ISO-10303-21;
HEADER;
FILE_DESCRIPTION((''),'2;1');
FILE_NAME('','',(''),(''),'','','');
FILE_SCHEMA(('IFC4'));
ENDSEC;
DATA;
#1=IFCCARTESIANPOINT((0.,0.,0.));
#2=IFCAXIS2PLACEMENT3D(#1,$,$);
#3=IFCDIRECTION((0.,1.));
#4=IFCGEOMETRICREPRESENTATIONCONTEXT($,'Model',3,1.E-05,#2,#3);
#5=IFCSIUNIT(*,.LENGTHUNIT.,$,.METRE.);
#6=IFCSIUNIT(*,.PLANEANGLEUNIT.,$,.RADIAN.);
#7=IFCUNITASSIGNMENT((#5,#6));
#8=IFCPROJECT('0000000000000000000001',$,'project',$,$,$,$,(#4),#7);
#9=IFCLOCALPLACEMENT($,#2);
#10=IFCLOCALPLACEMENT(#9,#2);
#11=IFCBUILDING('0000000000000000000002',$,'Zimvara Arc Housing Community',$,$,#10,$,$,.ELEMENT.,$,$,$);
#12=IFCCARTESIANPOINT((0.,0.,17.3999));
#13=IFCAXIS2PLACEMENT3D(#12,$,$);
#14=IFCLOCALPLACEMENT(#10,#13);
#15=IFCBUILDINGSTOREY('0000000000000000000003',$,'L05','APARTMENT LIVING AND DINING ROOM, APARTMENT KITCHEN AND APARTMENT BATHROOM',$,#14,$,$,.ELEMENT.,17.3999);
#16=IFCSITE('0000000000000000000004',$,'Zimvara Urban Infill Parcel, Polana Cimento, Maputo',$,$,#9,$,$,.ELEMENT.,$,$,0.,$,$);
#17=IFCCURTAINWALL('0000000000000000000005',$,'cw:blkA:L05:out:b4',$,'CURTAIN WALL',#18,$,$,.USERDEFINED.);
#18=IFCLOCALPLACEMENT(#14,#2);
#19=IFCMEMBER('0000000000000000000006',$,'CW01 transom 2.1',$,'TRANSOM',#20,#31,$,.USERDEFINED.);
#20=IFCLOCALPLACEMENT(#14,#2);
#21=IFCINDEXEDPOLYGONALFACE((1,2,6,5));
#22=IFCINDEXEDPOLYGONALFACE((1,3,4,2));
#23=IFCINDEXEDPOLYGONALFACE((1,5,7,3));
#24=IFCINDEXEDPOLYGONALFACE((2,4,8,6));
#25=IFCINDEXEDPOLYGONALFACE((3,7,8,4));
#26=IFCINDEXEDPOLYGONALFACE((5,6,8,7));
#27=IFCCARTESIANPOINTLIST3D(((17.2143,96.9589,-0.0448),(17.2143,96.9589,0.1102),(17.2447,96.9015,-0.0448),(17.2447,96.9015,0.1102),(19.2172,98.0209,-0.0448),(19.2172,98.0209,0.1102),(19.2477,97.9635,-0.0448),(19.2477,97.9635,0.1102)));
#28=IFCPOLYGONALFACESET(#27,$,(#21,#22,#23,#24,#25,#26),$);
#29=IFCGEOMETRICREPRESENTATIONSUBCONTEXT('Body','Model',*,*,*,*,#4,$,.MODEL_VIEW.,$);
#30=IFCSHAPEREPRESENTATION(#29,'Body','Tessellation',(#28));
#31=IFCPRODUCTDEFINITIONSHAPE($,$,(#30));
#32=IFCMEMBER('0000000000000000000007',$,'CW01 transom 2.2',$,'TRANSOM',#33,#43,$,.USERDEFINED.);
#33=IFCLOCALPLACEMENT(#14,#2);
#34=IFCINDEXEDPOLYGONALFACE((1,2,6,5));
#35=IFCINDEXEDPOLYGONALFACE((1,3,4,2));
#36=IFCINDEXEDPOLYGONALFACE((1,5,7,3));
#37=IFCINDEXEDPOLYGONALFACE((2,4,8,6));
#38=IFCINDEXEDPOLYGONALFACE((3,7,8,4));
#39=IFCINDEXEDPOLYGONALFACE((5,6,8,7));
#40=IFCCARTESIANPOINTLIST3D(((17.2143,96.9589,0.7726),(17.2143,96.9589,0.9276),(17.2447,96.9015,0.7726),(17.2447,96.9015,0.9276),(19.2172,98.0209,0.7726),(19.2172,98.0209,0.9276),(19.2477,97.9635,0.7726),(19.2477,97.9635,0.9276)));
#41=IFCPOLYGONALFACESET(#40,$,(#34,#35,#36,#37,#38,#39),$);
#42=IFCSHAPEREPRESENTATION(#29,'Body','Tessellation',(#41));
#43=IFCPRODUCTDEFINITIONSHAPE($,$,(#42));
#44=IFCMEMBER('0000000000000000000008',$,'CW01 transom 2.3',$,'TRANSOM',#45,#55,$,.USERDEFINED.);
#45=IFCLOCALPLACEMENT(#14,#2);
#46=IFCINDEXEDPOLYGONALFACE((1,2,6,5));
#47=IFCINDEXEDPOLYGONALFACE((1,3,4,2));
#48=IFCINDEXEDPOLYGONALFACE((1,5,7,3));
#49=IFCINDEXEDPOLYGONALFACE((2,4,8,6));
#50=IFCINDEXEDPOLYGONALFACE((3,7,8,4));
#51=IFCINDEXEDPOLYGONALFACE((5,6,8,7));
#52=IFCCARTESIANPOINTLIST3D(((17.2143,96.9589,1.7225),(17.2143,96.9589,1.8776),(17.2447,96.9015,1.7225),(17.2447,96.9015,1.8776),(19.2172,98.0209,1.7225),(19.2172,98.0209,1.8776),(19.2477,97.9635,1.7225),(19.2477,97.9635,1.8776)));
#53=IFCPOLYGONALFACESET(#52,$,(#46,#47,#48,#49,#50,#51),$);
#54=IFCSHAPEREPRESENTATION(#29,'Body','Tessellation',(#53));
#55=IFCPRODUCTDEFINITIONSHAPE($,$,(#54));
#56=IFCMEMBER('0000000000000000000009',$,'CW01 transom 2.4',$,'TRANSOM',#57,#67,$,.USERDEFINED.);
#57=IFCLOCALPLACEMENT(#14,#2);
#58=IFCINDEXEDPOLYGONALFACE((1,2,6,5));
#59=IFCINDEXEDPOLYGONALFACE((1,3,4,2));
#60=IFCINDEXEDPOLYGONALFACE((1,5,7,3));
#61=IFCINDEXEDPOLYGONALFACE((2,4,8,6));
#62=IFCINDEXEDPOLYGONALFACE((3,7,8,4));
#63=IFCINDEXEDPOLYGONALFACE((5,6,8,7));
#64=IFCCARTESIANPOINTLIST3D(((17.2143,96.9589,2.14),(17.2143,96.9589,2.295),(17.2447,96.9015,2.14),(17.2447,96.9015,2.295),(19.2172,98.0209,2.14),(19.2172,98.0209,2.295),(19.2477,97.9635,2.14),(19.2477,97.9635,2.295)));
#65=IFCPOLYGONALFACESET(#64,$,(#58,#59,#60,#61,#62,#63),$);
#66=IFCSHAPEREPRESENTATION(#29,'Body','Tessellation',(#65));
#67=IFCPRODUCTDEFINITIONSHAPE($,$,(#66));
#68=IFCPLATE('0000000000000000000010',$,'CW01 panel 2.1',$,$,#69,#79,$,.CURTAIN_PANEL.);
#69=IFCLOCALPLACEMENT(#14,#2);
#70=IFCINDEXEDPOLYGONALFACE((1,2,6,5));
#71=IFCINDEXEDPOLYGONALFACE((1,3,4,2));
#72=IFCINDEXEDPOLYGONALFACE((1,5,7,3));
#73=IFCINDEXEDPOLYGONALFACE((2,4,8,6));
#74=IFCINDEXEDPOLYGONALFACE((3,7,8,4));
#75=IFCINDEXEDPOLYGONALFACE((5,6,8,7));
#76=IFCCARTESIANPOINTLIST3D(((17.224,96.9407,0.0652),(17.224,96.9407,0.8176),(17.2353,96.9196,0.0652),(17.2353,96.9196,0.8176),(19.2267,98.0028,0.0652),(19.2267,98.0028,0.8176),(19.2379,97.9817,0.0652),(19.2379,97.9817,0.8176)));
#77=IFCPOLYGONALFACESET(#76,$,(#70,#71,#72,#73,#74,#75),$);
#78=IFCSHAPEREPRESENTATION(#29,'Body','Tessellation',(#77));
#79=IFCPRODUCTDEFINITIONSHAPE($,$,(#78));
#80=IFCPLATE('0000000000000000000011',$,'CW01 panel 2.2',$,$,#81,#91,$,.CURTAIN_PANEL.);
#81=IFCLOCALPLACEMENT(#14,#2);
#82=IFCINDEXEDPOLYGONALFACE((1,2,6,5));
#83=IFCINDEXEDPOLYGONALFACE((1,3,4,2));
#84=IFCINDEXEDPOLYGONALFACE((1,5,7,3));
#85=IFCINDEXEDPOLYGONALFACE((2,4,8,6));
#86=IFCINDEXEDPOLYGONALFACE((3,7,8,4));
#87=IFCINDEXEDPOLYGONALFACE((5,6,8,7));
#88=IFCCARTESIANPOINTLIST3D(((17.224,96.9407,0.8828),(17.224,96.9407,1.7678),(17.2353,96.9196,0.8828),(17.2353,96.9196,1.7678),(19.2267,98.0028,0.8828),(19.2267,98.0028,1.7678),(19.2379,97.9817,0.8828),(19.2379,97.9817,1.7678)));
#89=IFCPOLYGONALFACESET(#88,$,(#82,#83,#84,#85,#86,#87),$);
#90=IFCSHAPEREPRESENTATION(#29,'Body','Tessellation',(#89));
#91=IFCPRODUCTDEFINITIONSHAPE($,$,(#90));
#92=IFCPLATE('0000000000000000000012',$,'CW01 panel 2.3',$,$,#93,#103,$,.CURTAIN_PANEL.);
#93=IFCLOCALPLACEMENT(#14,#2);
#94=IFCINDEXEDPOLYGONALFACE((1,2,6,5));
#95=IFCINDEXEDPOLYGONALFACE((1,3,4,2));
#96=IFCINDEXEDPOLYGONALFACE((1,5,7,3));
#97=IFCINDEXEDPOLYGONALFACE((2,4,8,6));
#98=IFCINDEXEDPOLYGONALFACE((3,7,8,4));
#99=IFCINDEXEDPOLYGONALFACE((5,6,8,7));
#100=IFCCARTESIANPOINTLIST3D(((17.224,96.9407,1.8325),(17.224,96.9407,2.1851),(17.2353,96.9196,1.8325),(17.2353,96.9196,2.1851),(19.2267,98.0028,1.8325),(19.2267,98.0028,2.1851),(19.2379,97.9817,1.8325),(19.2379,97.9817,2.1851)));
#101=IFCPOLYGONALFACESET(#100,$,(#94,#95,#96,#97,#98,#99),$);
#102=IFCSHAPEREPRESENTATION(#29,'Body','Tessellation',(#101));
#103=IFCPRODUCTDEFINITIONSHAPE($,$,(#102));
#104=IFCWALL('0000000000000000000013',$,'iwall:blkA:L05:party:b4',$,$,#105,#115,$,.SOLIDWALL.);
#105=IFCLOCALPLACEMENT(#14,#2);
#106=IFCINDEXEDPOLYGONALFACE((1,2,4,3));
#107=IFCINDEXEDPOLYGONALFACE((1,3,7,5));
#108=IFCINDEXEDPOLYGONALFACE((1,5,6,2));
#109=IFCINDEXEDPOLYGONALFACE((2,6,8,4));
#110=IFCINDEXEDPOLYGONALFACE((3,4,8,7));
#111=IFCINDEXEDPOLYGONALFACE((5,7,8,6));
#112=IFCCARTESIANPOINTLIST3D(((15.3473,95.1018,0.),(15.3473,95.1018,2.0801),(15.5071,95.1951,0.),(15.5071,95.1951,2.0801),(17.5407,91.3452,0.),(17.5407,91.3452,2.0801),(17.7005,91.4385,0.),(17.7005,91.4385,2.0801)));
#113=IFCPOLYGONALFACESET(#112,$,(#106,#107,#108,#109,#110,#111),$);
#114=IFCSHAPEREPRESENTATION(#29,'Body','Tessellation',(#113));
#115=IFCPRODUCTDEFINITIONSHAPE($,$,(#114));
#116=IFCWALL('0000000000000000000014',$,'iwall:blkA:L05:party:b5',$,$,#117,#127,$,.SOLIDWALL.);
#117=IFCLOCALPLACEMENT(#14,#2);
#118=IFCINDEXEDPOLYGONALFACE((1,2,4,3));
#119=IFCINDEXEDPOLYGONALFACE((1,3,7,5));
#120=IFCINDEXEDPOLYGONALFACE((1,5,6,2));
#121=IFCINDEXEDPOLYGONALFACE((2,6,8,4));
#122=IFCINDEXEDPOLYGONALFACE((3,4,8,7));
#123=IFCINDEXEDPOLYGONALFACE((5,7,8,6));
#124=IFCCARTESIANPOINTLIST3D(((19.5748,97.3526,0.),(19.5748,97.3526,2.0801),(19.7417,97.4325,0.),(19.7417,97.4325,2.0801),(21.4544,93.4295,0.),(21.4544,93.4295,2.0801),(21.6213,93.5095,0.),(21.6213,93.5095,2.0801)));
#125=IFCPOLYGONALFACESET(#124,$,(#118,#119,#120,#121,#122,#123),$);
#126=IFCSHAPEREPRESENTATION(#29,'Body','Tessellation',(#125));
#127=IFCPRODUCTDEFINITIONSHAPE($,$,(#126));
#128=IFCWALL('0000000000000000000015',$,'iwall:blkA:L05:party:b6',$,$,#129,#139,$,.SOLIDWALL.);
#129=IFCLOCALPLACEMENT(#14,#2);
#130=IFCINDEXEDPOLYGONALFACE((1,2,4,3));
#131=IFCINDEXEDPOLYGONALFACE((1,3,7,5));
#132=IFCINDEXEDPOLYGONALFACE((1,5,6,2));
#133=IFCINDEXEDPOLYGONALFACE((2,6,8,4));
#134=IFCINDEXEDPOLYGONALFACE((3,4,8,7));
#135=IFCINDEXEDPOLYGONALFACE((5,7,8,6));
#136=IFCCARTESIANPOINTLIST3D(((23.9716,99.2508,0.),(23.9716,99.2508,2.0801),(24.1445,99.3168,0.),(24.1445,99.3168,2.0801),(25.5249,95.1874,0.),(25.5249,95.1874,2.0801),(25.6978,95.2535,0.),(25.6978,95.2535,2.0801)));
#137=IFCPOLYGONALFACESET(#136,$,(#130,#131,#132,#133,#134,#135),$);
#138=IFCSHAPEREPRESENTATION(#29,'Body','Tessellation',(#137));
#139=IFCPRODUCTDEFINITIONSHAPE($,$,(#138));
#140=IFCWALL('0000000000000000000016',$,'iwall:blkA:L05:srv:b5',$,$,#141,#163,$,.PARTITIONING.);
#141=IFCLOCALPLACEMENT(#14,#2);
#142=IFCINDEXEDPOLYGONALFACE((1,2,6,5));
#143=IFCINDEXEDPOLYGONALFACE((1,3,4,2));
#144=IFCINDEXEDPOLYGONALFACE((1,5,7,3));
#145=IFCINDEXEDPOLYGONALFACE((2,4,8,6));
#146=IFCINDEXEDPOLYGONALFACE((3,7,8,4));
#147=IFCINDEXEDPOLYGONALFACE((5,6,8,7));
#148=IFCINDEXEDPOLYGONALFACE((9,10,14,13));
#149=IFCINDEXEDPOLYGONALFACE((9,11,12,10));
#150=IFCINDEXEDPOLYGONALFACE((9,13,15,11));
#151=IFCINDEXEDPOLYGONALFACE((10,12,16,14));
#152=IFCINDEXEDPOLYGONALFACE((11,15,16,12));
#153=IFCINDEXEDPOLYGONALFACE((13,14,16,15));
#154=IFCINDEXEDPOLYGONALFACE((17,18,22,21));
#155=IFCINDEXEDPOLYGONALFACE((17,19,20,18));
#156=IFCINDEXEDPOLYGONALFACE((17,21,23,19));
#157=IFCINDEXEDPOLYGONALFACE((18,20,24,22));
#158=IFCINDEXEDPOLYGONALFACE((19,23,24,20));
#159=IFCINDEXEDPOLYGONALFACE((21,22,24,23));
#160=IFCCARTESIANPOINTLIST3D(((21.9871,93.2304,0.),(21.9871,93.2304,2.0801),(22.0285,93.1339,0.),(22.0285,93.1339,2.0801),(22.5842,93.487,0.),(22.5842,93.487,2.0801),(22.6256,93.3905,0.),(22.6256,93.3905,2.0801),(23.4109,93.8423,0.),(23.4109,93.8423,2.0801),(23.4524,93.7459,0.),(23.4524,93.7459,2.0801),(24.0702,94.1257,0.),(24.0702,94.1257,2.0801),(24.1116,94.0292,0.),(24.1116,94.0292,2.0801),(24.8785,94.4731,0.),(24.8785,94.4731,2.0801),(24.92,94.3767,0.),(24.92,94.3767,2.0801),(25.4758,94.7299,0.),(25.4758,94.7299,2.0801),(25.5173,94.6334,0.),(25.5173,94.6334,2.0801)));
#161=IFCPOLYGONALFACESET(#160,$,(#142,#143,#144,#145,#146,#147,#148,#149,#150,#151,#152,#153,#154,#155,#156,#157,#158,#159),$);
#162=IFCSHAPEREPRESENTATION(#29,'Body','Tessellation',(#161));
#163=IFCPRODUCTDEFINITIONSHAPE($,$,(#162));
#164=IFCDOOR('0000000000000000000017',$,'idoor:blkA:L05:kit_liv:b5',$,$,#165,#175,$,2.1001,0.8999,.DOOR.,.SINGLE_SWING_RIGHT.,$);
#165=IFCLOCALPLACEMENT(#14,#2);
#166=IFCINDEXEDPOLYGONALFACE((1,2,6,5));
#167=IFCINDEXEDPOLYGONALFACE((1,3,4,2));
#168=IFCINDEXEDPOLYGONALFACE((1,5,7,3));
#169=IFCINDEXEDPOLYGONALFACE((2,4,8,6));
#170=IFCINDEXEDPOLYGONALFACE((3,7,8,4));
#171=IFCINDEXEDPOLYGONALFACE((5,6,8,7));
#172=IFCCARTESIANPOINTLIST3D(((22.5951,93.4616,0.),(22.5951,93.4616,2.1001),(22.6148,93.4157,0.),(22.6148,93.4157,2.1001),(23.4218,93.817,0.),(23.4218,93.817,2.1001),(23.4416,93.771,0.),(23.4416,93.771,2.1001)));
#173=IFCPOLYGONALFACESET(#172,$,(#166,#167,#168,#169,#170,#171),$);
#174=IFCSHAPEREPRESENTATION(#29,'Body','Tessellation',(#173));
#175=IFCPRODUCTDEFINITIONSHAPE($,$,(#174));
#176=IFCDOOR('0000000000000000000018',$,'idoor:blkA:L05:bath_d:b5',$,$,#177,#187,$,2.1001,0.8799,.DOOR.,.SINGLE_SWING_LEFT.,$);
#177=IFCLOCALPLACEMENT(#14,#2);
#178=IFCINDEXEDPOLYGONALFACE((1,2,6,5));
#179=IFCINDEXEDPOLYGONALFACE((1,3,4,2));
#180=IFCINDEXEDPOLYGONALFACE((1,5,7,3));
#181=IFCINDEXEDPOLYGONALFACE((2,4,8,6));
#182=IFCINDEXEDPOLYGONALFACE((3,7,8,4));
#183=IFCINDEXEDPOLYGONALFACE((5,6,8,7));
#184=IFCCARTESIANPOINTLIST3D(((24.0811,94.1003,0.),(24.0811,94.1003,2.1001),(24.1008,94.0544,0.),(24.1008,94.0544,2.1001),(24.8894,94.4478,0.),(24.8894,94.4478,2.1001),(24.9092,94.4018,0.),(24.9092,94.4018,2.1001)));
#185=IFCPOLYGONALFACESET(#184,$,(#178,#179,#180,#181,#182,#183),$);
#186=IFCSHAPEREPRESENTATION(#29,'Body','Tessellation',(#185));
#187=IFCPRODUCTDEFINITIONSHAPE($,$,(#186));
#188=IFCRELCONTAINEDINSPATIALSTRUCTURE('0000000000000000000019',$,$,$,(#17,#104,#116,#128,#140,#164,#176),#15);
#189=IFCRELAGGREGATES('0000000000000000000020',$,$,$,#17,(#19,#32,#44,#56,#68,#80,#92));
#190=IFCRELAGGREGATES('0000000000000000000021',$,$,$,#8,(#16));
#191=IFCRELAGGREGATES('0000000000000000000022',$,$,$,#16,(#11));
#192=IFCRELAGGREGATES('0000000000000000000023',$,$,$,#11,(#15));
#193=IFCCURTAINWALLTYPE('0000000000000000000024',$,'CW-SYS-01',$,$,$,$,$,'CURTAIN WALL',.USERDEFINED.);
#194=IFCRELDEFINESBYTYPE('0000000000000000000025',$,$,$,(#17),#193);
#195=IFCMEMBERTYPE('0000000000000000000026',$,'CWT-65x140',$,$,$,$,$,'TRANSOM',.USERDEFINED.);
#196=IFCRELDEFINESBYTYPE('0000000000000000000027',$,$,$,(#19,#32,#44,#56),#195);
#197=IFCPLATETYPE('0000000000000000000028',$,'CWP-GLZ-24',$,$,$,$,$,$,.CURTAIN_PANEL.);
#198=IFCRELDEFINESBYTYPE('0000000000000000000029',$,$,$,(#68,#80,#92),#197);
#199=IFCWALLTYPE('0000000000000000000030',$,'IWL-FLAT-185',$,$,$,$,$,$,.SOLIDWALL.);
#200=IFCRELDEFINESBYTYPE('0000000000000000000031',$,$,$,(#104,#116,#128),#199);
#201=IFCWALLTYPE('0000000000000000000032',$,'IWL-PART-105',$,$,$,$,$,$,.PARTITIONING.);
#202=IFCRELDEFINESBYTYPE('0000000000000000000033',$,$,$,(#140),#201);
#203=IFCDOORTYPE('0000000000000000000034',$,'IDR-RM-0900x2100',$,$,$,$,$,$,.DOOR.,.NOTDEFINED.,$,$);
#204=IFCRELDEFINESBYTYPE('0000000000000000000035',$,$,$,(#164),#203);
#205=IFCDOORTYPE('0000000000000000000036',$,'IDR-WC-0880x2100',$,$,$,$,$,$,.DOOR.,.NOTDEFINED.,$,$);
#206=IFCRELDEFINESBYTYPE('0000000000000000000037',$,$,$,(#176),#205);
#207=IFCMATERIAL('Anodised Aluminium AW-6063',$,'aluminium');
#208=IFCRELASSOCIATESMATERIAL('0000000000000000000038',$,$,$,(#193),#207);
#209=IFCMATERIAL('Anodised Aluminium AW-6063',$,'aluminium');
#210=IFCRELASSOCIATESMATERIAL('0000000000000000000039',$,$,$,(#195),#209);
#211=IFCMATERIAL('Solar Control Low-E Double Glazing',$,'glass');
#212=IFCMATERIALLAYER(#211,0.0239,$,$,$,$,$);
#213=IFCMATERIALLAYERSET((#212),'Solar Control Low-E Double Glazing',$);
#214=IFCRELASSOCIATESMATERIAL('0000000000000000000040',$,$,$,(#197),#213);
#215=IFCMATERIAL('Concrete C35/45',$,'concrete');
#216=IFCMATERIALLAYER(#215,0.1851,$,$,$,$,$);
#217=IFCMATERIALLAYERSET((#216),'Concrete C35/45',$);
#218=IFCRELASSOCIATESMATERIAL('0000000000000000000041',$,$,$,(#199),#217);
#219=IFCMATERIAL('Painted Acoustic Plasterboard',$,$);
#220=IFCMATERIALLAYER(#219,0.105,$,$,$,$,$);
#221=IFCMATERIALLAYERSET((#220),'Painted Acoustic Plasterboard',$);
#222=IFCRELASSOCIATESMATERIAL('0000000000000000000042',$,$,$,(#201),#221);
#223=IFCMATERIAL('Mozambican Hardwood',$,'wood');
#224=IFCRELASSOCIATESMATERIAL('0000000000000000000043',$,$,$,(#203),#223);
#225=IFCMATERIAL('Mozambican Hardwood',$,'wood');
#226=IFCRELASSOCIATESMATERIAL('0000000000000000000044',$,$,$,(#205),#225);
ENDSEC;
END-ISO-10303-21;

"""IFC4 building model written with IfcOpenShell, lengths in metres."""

from ifc_helpers import new_model, si_unit, direction, frame, frame_2d, origin, origin_2d, place, context, subcontext, project, spatial, rectangle, extrude, material, layer, layer_set, material_profile, profile_set, type_object, element, fill, aggregate, save


model = new_model("IFC4")

# Units and contexts
model_context = context("Model", 3, precision=1e-05, world=origin(), true_north=direction((0.0, 1.0)))
body_context = subcontext(model_context, "Body", "Model", "MODEL_VIEW")
ifc_project = project(units=[si_unit("LENGTHUNIT", "METRE"), si_unit("PLANEANGLEUNIT", "RADIAN")], contexts=[model_context])

# Site, building, storey
site_placement = place(None, origin())
site = spatial("IfcSite", under=ifc_project, at=site_placement, Name="Zimvara Urban Infill Parcel, Polana Cimento, Maputo", CompositionType="ELEMENT", RefElevation=0.0)
building_placement = place(site_placement, origin())
building = spatial("IfcBuilding", under=site, at=building_placement, Name="Zimvara Arc Housing Community", CompositionType="ELEMENT")
storey_placement = place(building_placement, frame((0.0, 0.0, 17.3999)))
storey = spatial("IfcBuildingStorey", under=building, at=storey_placement, Name="L05", Description="APARTMENT LIVING AND DINING ROOM, APARTMENT KITCHEN AND APARTMENT BATHROOM", CompositionType="ELEMENT", Elevation=17.3999)

# Curtain wall, members, plates
ifc_material_1 = material(Name="Anodised Aluminium AW-6063", Category="aluminium")
curtain_wall_type = type_object("IfcCurtainWallType", Name="CW-SYS-01", ElementType="CURTAIN WALL", PredefinedType="USERDEFINED", material=ifc_material_1)
curtain_wall_placement = place(storey_placement, origin())
curtain_wall = element("IfcCurtainWall", 1, at=curtain_wall_placement, inside=storey, type_object=curtain_wall_type, Name="cw:blkA:L05:out:b4", ObjectType="CURTAIN WALL", PredefinedType="USERDEFINED")
ifc_material_2 = material(Name="Anodised Aluminium AW-6063", Category="aluminium")
ifc_material_profile_1 = material_profile(ifc_material_2, rectangle(XDim=0.0649, YDim=0.155, at=origin_2d()), Name="ALU 65x155")
ifc_profile_set_1 = profile_set([ifc_material_profile_1], Name="Anodised Aluminium AW-6063")
member_type = type_object("IfcMemberType", Name="CWT-65x140", ElementType="TRANSOM", PredefinedType="USERDEFINED", material=ifc_profile_set_1)
member_1_placement = place(storey_placement, frame((17.2295, 96.9302, 0.0327), z_axis=(0.883489, 0.468452, 0.0), x_axis=(-0.468452, 0.883489, 0.0)))
member_1 = element("IfcMember", 2, at=member_1_placement, type_object=member_type, Name="CW01 transom 2.1", ObjectType="TRANSOM", PredefinedType="USERDEFINED", context=body_context, shape_type="SweptSolid", body=[
    extrude(rectangle(XDim=0.0649, YDim=0.155, at=origin_2d()), origin(), (0.0, 0.0, 1.0), 2.2671),
])
member_2_placement = place(storey_placement, frame((17.2295, 96.9302, 0.8501), z_axis=(0.883489, 0.468452, 0.0), x_axis=(-0.468452, 0.883489, 0.0)))
member_2 = element("IfcMember", 3, at=member_2_placement, type_object=member_type, Name="CW01 transom 2.2", ObjectType="TRANSOM", PredefinedType="USERDEFINED", context=body_context, shape_type="SweptSolid", body=[
    extrude(rectangle(XDim=0.0649, YDim=0.155, at=origin_2d()), origin(), (0.0, 0.0, 1.0), 2.2671),
])
member_3_placement = place(storey_placement, frame((17.2295, 96.9302, 1.8), z_axis=(0.883489, 0.468452, 0.0), x_axis=(-0.468452, 0.883489, 0.0)))
member_3 = element("IfcMember", 4, at=member_3_placement, type_object=member_type, Name="CW01 transom 2.3", ObjectType="TRANSOM", PredefinedType="USERDEFINED", context=body_context, shape_type="SweptSolid", body=[
    extrude(rectangle(XDim=0.0649, YDim=0.155, at=origin_2d()), origin(), (0.0, 0.0, 1.0), 2.2671),
])
member_4_placement = place(storey_placement, frame((17.2295, 96.9302, 2.2175), z_axis=(0.883489, 0.468452, 0.0), x_axis=(-0.468452, 0.883489, 0.0)))
member_4 = element("IfcMember", 5, at=member_4_placement, type_object=member_type, Name="CW01 transom 2.4", ObjectType="TRANSOM", PredefinedType="USERDEFINED", context=body_context, shape_type="SweptSolid", body=[
    extrude(rectangle(XDim=0.0649, YDim=0.155, at=origin_2d()), origin(), (0.0, 0.0, 1.0), 2.2671),
])
ifc_material_3 = material(Name="Solar Control Low-E Double Glazing", Category="glass")
ifc_layer_1 = layer(ifc_material_3, 0.0239)
ifc_layer_set_1 = layer_set([ifc_layer_1], Name="Solar Control Low-E Double Glazing")
plate_type = type_object("IfcPlateType", Name="CWP-GLZ-24", PredefinedType="CURTAIN_PANEL", material=ifc_layer_set_1)
plate_1_placement = place(storey_placement, frame((18.231, 97.4612, 0.0652), z_axis=(0.0, 0.0, 1.0), x_axis=(0.883439, 0.468547, 0.0)))
plate_1 = element("IfcPlate", 6, at=plate_1_placement, type_object=plate_type, Name="CW01 panel 2.1", PredefinedType="CURTAIN_PANEL", context=body_context, shape_type="SweptSolid", body=[
    extrude(rectangle(XDim=2.2668, YDim=0.0239, at=origin_2d()), origin(), (0.0, 0.0, 1.0), 0.7524),
])
plate_2_placement = place(storey_placement, frame((18.231, 97.4612, 0.8828), z_axis=(0.0, 0.0, 1.0), x_axis=(0.883439, 0.468547, 0.0)))
plate_2 = element("IfcPlate", 7, at=plate_2_placement, type_object=plate_type, Name="CW01 panel 2.2", PredefinedType="CURTAIN_PANEL", context=body_context, shape_type="SweptSolid", body=[
    extrude(rectangle(XDim=2.2668, YDim=0.0239, at=origin_2d()), origin(), (0.0, 0.0, 1.0), 0.885),
])
plate_3_placement = place(storey_placement, frame((18.231, 97.4612, 1.8325), z_axis=(0.0, 0.0, 1.0), x_axis=(0.883439, 0.468547, 0.0)))
plate_3 = element("IfcPlate", 8, at=plate_3_placement, type_object=plate_type, Name="CW01 panel 2.3", PredefinedType="CURTAIN_PANEL", context=body_context, shape_type="SweptSolid", body=[
    extrude(rectangle(XDim=2.2668, YDim=0.0239, at=origin_2d()), origin(), (0.0, 0.0, 1.0), 0.3525),
])
aggregate(curtain_wall, [member_1, member_2, member_3, member_4, plate_1, plate_2, plate_3])

# Walls
ifc_material_4 = material(Name="Concrete C35/45", Category="concrete")
ifc_layer_2 = layer(ifc_material_4, 0.1851)
ifc_layer_set_2 = layer_set([ifc_layer_2], Name="Concrete C35/45")
wall_type_1 = type_object("IfcWallType", Name="IWL-FLAT-185", PredefinedType="SOLIDWALL", material=ifc_layer_set_2)
for number, where, z_axis, x_axis, name in (
    (9, (17.6206, 91.3918, 0.0), (0.0, 0.0, 1.0), (-0.504216, 0.863577, 0.0), "iwall:blkA:L05:party:b4"),
    (10, (21.5378, 93.4695, 0.0), (0.0, 0.0, 1.0), (-0.432087, 0.901832, 0.0), "iwall:blkA:L05:party:b5"),
    (11, (25.6113, 95.2205, 0.0), (0.0, 0.0, 1.0), (-0.357064, 0.93408, 0.0), "iwall:blkA:L05:party:b6"),
):
    element("IfcWall", number, at=place(storey_placement, frame(where, z_axis=z_axis, x_axis=x_axis)), inside=storey, type_object=wall_type_1, Name=name, PredefinedType="SOLIDWALL", context=body_context, shape_type="SweptSolid", body=[
        extrude(rectangle(XDim=4.3501, YDim=0.1851, at=frame_2d((2.175, 0.0))), origin(), (0.0, 0.0, 1.0), 2.0801),
    ])

# Wall, openings, doors
ifc_material_5 = material(Name="Painted Acoustic Plasterboard")
ifc_layer_3 = layer(ifc_material_5, 0.105)
ifc_layer_set_3 = layer_set([ifc_layer_3], Name="Painted Acoustic Plasterboard")
wall_type_2 = type_object("IfcWallType", Name="IWL-PART-105", PredefinedType="PARTITIONING", material=ifc_layer_set_3)
wall_1_placement = place(storey_placement, frame((22.0078, 93.1821, 0.0), z_axis=(0.0, 0.0, 1.0), x_axis=(0.918732, 0.394881, 0.0)))
wall_1 = element("IfcWall", 12, at=wall_1_placement, inside=storey, type_object=wall_type_2, Name="iwall:blkA:L05:srv:b5", PredefinedType="PARTITIONING", context=body_context, shape_type="SweptSolid", body=[
    extrude(rectangle(XDim=3.7974, YDim=0.105, at=frame_2d((1.8987, 0.0))), origin(), (0.0, 0.0, 1.0), 2.0801),
])
opening_1_placement = place(wall_1_placement, frame((0.6499, 0.0, 0.0)))
opening_1 = element("IfcOpeningElement", 13, at=opening_1_placement, cuts=wall_1, PredefinedType="OPENING", context=body_context, shape_type="SweptSolid", body=[
    extrude(rectangle(XDim=0.8999, YDim=2.1001, at=frame_2d((0.45, 1.05))), frame((0.0, 0.0625, 0.0), z_axis=(0.0, -1.0, 0.0), x_axis=(1.0, 0.0, 0.0)), (0.0, 0.0, 1.0), 0.125),
])
opening_2_placement = place(wall_1_placement, frame((2.2673, 0.0, 0.0)))
opening_2 = element("IfcOpeningElement", 14, at=opening_2_placement, cuts=wall_1, PredefinedType="OPENING", context=body_context, shape_type="SweptSolid", body=[
    extrude(rectangle(XDim=0.8799, YDim=2.1001, at=frame_2d((0.4399, 1.05))), frame((0.0, 0.0625, 0.0), z_axis=(0.0, -1.0, 0.0), x_axis=(1.0, 0.0, 0.0)), (0.0, 0.0, 1.0), 0.125),
])
ifc_material_6 = material(Name="Mozambican Hardwood", Category="wood")
door_type_1 = type_object("IfcDoorType", Name="IDR-RM-0900x2100", OperationType="NOTDEFINED", PredefinedType="DOOR", material=ifc_material_6)
door_1_placement = place(opening_1_placement, origin())
door_1 = element("IfcDoor", 15, at=door_1_placement, inside=storey, type_object=door_type_1, Name="idoor:blkA:L05:kit_liv:b5", OperationType="SINGLE_SWING_RIGHT", OverallHeight=2.1001, OverallWidth=0.8999, PredefinedType="DOOR", context=body_context, shape_type="SweptSolid", body=[
    extrude(rectangle(XDim=0.8999, YDim=2.1001, at=frame_2d((0.45, 1.05))), frame((0.0, 0.0249, 0.0), z_axis=(0.0, -1.0, 0.0), x_axis=(1.0, 0.0, 0.0)), (0.0, 0.0, 1.0), 0.05),
])
fill(opening_1, door_1)
ifc_material_7 = material(Name="Mozambican Hardwood", Category="wood")
door_type_2 = type_object("IfcDoorType", Name="IDR-WC-0880x2100", OperationType="NOTDEFINED", PredefinedType="DOOR", material=ifc_material_7)
door_2_placement = place(opening_2_placement, origin())
door_2 = element("IfcDoor", 16, at=door_2_placement, inside=storey, type_object=door_type_2, Name="idoor:blkA:L05:bath_d:b5", OperationType="SINGLE_SWING_LEFT", OverallHeight=2.1001, OverallWidth=0.8799, PredefinedType="DOOR", context=body_context, shape_type="SweptSolid", body=[
    extrude(rectangle(XDim=0.8799, YDim=2.1001, at=frame_2d((0.4399, 1.05))), frame((0.0, 0.0249, 0.0), z_axis=(0.0, -1.0, 0.0), x_axis=(1.0, 0.0, 0.0)), (0.0, 0.0, 1.0), 0.05),
])
fill(opening_2, door_2)

save(model, "model.ifc")
